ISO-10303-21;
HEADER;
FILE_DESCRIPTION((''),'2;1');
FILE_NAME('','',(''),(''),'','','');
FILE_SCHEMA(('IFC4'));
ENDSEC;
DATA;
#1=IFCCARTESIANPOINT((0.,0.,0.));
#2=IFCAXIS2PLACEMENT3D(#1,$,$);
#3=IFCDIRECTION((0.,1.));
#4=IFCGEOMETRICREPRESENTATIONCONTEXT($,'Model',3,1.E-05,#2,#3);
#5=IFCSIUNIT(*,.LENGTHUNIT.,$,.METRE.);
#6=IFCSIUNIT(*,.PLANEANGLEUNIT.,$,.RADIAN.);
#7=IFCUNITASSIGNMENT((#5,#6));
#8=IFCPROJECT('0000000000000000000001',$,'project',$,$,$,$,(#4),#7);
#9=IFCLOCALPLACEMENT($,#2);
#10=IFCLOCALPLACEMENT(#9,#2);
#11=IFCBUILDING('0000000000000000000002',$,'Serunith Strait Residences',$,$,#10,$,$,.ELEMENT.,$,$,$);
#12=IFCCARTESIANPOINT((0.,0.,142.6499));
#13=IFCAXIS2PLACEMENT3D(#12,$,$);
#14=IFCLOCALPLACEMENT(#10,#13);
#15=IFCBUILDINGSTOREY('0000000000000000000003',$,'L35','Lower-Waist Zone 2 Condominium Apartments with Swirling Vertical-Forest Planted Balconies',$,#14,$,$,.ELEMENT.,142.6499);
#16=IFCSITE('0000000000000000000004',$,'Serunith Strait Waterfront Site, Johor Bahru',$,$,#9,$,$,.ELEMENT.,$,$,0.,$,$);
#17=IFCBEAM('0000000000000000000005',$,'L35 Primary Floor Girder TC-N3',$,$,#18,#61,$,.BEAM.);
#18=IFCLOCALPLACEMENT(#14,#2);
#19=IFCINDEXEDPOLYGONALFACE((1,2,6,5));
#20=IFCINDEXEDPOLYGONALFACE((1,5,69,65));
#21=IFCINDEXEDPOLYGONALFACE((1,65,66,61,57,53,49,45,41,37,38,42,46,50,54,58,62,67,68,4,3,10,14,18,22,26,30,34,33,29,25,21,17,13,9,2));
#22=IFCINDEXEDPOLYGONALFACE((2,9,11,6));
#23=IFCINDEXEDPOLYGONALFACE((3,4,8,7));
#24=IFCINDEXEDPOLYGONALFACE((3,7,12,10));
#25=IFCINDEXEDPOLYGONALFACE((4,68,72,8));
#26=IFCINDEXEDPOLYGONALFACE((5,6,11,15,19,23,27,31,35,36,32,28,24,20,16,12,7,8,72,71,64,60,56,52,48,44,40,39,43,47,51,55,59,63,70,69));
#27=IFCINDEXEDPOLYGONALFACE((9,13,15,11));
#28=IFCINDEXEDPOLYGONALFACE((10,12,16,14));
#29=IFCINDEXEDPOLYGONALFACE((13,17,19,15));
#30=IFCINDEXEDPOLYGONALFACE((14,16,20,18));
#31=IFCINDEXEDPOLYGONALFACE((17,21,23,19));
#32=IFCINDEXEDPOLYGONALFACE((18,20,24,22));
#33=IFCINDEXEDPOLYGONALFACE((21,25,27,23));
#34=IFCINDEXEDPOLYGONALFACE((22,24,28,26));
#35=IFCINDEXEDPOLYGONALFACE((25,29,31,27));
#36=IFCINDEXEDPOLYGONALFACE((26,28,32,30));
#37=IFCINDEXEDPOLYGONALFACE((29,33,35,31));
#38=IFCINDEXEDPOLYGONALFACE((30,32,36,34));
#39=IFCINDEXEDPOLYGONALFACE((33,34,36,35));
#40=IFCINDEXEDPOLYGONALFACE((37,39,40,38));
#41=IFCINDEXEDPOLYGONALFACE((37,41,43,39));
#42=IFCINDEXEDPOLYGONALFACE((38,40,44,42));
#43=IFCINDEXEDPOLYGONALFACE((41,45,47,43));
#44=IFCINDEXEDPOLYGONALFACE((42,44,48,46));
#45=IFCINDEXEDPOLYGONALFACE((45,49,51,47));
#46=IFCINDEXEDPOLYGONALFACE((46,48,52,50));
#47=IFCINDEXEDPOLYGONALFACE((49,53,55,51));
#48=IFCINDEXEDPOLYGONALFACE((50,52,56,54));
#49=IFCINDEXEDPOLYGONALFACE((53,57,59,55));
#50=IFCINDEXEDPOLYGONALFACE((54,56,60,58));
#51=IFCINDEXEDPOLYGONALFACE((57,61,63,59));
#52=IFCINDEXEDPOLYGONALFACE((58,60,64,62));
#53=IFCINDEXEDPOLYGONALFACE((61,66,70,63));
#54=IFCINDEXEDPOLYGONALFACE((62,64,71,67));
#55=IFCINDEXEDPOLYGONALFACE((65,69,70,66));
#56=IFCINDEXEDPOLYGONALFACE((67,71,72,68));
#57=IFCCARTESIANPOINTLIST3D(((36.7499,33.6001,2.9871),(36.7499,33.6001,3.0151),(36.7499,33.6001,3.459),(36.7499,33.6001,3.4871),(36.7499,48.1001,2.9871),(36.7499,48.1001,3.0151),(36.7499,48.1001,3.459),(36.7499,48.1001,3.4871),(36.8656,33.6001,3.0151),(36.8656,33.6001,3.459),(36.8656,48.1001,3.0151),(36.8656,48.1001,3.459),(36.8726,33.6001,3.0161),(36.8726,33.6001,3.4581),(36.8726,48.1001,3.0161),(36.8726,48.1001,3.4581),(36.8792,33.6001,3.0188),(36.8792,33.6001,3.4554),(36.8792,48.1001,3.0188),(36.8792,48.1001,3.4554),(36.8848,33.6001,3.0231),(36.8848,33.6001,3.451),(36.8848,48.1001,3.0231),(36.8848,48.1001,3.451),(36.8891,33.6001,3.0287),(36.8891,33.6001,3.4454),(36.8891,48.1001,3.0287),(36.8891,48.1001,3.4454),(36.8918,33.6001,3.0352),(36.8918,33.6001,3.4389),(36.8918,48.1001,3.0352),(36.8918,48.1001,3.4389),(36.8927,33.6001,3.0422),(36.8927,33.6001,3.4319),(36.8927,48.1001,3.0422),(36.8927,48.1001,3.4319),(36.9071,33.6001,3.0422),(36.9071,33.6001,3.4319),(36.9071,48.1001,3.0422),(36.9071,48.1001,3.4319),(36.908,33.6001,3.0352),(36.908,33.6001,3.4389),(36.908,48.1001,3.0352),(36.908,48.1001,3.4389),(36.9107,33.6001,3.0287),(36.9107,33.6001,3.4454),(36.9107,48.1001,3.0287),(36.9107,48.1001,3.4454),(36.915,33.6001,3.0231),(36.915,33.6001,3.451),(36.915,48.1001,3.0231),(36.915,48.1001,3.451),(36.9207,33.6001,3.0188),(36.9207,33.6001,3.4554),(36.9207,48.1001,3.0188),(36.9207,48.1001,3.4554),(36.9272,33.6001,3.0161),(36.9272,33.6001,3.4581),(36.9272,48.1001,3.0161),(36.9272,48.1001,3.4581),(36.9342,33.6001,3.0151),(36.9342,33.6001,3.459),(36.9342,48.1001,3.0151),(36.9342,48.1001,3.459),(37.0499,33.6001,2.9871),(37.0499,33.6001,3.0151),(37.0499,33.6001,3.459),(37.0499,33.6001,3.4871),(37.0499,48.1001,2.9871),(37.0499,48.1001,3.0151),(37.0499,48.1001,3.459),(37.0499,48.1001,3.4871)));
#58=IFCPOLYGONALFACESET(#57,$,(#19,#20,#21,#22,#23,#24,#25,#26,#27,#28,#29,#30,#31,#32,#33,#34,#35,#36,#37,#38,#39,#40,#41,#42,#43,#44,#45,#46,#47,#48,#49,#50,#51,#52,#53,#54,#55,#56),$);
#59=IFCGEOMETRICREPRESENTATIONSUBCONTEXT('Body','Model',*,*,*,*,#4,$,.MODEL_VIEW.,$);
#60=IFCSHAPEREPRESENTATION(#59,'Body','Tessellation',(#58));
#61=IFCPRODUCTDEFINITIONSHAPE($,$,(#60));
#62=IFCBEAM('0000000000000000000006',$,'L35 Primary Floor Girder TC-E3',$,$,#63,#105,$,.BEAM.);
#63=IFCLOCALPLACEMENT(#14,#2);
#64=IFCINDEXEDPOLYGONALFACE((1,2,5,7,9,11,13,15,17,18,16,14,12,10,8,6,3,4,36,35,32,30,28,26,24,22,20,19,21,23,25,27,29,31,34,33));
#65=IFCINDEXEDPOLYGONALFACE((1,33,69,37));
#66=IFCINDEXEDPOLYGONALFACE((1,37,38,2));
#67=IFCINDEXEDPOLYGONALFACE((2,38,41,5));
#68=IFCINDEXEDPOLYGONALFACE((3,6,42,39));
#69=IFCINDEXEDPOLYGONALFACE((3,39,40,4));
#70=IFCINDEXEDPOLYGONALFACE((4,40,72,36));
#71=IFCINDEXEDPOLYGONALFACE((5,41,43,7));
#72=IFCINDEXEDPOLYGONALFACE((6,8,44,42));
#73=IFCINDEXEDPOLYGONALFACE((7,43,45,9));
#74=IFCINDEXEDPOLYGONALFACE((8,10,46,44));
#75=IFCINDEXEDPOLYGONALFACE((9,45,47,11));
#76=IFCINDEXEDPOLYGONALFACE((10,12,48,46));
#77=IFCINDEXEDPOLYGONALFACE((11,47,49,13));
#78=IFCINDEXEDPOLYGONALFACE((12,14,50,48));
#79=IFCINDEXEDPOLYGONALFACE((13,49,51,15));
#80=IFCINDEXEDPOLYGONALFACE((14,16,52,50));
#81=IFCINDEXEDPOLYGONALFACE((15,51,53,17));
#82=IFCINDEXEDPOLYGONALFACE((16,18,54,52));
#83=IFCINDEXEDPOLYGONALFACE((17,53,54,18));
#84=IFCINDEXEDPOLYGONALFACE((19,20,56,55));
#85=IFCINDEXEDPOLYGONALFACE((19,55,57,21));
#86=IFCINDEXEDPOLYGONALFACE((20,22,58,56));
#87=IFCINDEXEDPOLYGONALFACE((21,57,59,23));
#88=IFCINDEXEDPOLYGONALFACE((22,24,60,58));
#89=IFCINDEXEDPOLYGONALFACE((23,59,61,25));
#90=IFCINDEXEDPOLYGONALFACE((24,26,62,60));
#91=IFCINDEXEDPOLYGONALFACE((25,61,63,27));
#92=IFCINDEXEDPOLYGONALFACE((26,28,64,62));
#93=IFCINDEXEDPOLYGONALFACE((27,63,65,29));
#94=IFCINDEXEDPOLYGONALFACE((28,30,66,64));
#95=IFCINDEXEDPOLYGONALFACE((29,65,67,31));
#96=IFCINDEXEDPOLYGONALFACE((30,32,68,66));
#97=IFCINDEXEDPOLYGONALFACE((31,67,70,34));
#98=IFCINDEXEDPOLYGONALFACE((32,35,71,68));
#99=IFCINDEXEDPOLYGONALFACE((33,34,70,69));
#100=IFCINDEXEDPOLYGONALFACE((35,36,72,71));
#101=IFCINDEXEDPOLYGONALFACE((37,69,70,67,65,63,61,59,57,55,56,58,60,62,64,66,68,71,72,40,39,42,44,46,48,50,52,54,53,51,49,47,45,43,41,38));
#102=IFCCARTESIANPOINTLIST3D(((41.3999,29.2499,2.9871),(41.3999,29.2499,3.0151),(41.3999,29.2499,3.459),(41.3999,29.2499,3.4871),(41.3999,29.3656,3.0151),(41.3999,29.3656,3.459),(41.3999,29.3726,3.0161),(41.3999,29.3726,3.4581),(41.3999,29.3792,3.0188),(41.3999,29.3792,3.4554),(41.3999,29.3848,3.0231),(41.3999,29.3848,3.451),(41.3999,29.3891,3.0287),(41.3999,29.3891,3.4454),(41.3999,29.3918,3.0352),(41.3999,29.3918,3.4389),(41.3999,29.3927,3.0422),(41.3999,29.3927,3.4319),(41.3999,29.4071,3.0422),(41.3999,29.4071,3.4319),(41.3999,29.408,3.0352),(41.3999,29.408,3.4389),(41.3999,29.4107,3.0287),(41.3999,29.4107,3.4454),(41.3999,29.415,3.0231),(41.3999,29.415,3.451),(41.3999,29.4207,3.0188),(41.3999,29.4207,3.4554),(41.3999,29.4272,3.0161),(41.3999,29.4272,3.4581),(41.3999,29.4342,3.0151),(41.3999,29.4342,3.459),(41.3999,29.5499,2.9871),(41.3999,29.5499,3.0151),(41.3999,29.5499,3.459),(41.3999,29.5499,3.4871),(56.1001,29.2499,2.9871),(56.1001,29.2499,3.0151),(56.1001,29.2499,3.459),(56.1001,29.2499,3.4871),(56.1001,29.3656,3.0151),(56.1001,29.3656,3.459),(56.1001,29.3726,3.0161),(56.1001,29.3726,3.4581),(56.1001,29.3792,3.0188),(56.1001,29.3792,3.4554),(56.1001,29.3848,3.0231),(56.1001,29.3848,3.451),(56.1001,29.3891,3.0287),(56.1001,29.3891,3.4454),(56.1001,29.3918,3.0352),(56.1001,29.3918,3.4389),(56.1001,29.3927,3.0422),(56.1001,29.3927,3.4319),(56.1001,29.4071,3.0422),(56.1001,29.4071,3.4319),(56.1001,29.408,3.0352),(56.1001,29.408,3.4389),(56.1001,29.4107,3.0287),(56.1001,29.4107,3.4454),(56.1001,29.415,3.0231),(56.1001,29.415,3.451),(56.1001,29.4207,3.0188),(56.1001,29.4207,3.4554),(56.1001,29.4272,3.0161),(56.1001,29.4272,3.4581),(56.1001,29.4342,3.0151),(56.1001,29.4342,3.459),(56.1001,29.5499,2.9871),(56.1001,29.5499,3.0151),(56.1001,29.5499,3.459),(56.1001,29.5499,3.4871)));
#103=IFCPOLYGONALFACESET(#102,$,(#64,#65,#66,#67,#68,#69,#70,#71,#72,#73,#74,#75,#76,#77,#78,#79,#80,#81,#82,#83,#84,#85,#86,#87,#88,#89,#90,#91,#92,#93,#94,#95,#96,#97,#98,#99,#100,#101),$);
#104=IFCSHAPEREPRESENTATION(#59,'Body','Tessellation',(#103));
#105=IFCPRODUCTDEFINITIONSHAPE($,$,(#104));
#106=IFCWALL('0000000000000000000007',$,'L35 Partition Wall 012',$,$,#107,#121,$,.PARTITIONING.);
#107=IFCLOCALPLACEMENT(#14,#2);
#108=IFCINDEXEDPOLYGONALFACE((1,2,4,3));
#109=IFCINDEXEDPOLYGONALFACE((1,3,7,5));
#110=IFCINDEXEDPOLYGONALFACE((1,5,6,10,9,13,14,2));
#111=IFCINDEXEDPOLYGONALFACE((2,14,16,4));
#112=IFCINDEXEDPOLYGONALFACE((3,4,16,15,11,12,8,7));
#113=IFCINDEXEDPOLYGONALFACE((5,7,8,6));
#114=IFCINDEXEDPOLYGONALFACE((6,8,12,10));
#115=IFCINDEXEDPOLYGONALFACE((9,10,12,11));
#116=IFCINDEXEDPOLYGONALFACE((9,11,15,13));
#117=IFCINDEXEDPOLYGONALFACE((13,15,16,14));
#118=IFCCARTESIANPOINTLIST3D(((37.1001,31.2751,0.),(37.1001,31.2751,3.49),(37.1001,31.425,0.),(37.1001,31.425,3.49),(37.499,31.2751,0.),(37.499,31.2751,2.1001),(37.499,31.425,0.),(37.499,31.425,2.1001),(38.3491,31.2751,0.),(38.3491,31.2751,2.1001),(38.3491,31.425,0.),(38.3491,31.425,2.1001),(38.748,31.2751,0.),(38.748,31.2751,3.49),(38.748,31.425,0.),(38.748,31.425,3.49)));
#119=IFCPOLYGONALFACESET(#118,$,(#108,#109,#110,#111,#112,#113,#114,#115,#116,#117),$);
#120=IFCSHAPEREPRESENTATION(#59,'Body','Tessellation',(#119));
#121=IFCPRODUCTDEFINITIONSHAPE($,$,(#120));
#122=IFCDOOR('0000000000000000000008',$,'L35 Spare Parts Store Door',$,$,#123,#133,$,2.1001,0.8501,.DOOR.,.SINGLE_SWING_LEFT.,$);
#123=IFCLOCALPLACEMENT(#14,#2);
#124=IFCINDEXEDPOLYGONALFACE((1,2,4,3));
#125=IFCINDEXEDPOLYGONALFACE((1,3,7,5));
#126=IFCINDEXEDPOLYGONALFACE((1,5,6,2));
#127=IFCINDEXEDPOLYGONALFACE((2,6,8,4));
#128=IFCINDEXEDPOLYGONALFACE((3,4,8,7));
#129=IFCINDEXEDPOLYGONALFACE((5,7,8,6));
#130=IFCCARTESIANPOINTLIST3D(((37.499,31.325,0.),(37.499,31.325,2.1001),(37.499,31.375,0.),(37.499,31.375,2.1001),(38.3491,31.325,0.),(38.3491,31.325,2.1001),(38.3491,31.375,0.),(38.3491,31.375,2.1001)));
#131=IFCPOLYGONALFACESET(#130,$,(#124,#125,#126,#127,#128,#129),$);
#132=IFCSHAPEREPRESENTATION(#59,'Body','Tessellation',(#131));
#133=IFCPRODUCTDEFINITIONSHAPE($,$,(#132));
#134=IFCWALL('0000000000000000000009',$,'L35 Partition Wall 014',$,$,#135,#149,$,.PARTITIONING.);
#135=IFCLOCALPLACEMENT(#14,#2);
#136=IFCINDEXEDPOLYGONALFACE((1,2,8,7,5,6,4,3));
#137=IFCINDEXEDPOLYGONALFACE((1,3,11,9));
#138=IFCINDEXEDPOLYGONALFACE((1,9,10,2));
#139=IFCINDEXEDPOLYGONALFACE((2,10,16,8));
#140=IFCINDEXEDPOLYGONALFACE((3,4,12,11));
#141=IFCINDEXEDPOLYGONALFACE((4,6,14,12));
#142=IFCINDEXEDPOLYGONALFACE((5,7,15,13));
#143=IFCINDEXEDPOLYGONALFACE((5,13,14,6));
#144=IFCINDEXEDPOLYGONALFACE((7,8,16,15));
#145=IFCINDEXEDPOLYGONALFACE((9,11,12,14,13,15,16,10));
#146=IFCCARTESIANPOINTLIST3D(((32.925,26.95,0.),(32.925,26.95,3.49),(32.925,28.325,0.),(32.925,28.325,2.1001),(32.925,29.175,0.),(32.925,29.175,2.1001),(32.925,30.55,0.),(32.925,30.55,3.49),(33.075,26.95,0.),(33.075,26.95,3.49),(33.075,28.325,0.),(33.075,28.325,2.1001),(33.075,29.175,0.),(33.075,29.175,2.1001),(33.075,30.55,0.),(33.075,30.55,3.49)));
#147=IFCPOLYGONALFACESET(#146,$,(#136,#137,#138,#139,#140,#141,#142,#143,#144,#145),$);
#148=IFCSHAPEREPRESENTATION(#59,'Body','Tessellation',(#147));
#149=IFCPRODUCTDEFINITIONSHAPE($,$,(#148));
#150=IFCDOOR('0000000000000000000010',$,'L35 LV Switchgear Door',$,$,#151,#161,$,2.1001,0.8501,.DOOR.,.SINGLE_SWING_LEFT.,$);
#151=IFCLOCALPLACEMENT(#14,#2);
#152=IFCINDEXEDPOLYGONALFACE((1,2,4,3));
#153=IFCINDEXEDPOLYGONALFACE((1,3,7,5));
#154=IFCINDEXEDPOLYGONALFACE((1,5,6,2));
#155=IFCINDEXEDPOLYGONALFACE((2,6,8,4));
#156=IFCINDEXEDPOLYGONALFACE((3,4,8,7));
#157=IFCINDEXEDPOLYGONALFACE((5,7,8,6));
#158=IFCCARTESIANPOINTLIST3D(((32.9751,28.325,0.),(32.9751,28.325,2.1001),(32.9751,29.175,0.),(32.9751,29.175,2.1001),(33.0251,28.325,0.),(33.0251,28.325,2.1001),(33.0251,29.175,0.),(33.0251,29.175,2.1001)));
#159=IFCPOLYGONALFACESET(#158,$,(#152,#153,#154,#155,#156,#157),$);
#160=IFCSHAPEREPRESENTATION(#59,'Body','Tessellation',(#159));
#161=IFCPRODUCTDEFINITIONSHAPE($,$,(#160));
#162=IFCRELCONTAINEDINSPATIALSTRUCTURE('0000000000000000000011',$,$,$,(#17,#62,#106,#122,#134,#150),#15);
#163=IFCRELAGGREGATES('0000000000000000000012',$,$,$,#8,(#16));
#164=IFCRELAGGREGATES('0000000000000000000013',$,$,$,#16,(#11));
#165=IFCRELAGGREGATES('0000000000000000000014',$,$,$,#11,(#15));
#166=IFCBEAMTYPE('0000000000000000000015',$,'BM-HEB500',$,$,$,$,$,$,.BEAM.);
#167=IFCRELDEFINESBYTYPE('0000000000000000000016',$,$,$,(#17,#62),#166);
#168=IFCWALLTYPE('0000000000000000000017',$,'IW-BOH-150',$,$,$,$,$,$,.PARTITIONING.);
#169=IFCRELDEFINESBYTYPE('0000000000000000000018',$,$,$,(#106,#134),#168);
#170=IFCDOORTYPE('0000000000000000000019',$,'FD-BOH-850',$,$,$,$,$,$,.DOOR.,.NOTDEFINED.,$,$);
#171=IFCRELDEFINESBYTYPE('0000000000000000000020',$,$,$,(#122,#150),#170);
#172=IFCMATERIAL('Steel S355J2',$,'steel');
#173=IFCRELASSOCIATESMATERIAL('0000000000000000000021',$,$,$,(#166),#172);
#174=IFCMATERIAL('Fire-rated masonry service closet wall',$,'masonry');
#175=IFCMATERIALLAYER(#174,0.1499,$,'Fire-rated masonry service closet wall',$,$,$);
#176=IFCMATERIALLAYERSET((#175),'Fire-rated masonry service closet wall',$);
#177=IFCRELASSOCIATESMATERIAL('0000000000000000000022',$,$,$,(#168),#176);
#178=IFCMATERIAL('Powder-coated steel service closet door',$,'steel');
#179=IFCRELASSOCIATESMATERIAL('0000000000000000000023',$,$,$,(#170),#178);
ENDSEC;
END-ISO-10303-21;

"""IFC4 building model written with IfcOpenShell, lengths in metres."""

from ifc_helpers import new_model, si_unit, direction, frame, frame_2d, origin, origin_2d, place, context, subcontext, project, spatial, rectangle, i_section, extrude, source, transform, mapped, material, layer, layer_set, material_profile, profile_set, type_object, element, fill, save


model = new_model("IFC4")

# Units and contexts
model_context = context("Model", 3, precision=1e-05, world=origin(), true_north=direction((0.0, 1.0)))
body_context = subcontext(model_context, "Body", "Model", "MODEL_VIEW")
ifc_project = project(units=[si_unit("LENGTHUNIT", "METRE"), si_unit("PLANEANGLEUNIT", "RADIAN")], contexts=[model_context])

# Site, building, storey
site_placement = place(None, origin())
site = spatial("IfcSite", under=ifc_project, at=site_placement, Name="Serunith Strait Waterfront Site, Johor Bahru", CompositionType="ELEMENT", RefElevation=0.0)
building_placement = place(site_placement, origin())
building = spatial("IfcBuilding", under=site, at=building_placement, Name="Serunith Strait Residences", CompositionType="ELEMENT")
storey_placement = place(building_placement, frame((0.0, 0.0, 142.6499)))
storey = spatial("IfcBuildingStorey", under=building, at=storey_placement, Name="L35", Description="Lower-Waist Zone 2 Condominium Apartments with Swirling Vertical-Forest Planted Balconies", CompositionType="ELEMENT", Elevation=142.6499)

# Beams
ifc_material_1 = material(Name="Steel S355J2", Category="steel")
ifc_material_profile = material_profile(ifc_material_1, i_section(OverallWidth=0.3, OverallDepth=0.5, WebThickness=0.0144, FlangeThickness=0.0281, FilletRadius=0.0271, at=origin_2d()), Name="HEB 500")
ifc_profile_set = profile_set([ifc_material_profile], Name="Steel S355J2")
beam_type = type_object("IfcBeamType", Name="BM-HEB500", PredefinedType="BEAM", material=ifc_profile_set)
shared_shape_1 = source(origin(), body_context, "Body", "SweptSolid", [
    extrude(i_section(OverallWidth=0.3, OverallDepth=0.5, WebThickness=0.0144, FlangeThickness=0.0281, FilletRadius=0.0271, at=origin_2d()), origin(), (0.0, 0.0, 1.0), 14.5),
])
beam_1_placement = place(storey_placement, frame((36.8999, 33.6001, 3.2371), z_axis=(0.0, 1.0, 0.0), x_axis=(-1.0, 0.0, 0.0)))
element("IfcBeam", 1, at=beam_1_placement, inside=storey, type_object=beam_type, Name="L35 Primary Floor Girder TC-N3", PredefinedType="BEAM", context=body_context, shape_type="MappedRepresentation", body=[
    mapped(shared_shape_1, transform((0.0, 0.0, 0.0), scale=1.0)),
])
shared_shape_2 = source(origin(), body_context, "Body", "SweptSolid", [
    extrude(i_section(OverallWidth=0.3, OverallDepth=0.5, WebThickness=0.0144, FlangeThickness=0.0281, FilletRadius=0.0271, at=origin_2d()), origin(), (0.0, 0.0, 1.0), 14.7002),
])
beam_2_placement = place(storey_placement, frame((41.3999, 29.3999, 3.2371), z_axis=(1.0, 0.0, 0.0), x_axis=(0.0, 1.0, 0.0)))
element("IfcBeam", 2, at=beam_2_placement, inside=storey, type_object=beam_type, Name="L35 Primary Floor Girder TC-E3", PredefinedType="BEAM", context=body_context, shape_type="MappedRepresentation", body=[
    mapped(shared_shape_2, transform((0.0, 0.0, 0.0), scale=1.0)),
])

# Walls, openings, doors
ifc_material_2 = material(Name="Fire-rated masonry service closet wall", Category="masonry")
ifc_layer_1 = layer(ifc_material_2, 0.1499, Name="Fire-rated masonry service closet wall")
ifc_layer_set_1 = layer_set([ifc_layer_1], Name="Fire-rated masonry service closet wall")
wall_type_1 = type_object("IfcWallType", Name="IW-BOH-150", PredefinedType="PARTITIONING", material=ifc_layer_set_1)
wall_1_placement = place(storey_placement, frame((37.1001, 31.3501, 0.0), z_axis=(0.0, 0.0, 1.0), x_axis=(1.0, 0.0, 0.0)))
wall_1 = element("IfcWall", 3, at=wall_1_placement, inside=storey, type_object=wall_type_1, Name="L35 Partition Wall 012", PredefinedType="PARTITIONING", context=body_context, shape_type="SweptSolid", body=[
    extrude(rectangle(XDim=1.6479, YDim=0.1499, at=frame_2d((0.824, 0.0))), origin(), (0.0, 0.0, 1.0), 3.49),
])
opening_1_placement = place(wall_1_placement, frame((0.3989, 0.0, 0.0)))
opening_1 = element("IfcOpeningElement", 4, at=opening_1_placement, cuts=wall_1, PredefinedType="OPENING", context=body_context, shape_type="SweptSolid", body=[
    extrude(rectangle(XDim=0.8501, YDim=2.1001, at=frame_2d((0.425, 1.05))), frame((0.0, 0.085, 0.0), z_axis=(0.0, -1.0, 0.0), x_axis=(1.0, 0.0, 0.0)), (0.0, 0.0, 1.0), 0.1699),
])
ifc_material_3 = material(Name="Powder-coated steel service closet door", Category="steel")
door_type_1 = type_object("IfcDoorType", Name="FD-BOH-850", OperationType="NOTDEFINED", PredefinedType="DOOR", material=ifc_material_3)
shared_shape_3 = source(origin(), body_context, "Body", "SweptSolid", [
    extrude(rectangle(XDim=0.8501, YDim=2.1001, at=frame_2d((0.425, 1.05))), frame((0.0, 0.0249, 0.0), z_axis=(0.0, -1.0, 0.0), x_axis=(1.0, 0.0, 0.0)), (0.0, 0.0, 1.0), 0.05),
])
door_1_placement = place(opening_1_placement, origin())
door_1 = element("IfcDoor", 5, at=door_1_placement, inside=storey, type_object=door_type_1, Name="L35 Spare Parts Store Door", OperationType="SINGLE_SWING_LEFT", OverallHeight=2.1001, OverallWidth=0.8501, PredefinedType="DOOR", context=body_context, shape_type="MappedRepresentation", body=[
    mapped(shared_shape_3, transform((0.0, 0.0, 0.0), scale=1.0)),
])
fill(opening_1, door_1)
wall_2_placement = place(storey_placement, frame((33.0, 26.95, 0.0), z_axis=(0.0, 0.0, 1.0), x_axis=(0.0, 1.0, 0.0)))
wall_2 = element("IfcWall", 6, at=wall_2_placement, inside=storey, type_object=wall_type_1, Name="L35 Partition Wall 014", PredefinedType="PARTITIONING", context=body_context, shape_type="SweptSolid", body=[
    extrude(rectangle(XDim=3.6001, YDim=0.1499, at=frame_2d((1.8, 0.0))), origin(), (0.0, 0.0, 1.0), 3.49),
])
opening_2_placement = place(wall_2_placement, frame((1.375, 0.0, 0.0)))
opening_2 = element("IfcOpeningElement", 7, at=opening_2_placement, cuts=wall_2, PredefinedType="OPENING", context=body_context, shape_type="SweptSolid", body=[
    extrude(rectangle(XDim=0.8501, YDim=2.1001, at=frame_2d((0.425, 1.05))), frame((0.0, 0.085, 0.0), z_axis=(0.0, -1.0, 0.0), x_axis=(1.0, 0.0, 0.0)), (0.0, 0.0, 1.0), 0.1699),
])
door_2_placement = place(opening_2_placement, origin())
door_2 = element("IfcDoor", 8, at=door_2_placement, inside=storey, type_object=door_type_1, Name="L35 LV Switchgear Door", OperationType="SINGLE_SWING_LEFT", OverallHeight=2.1001, OverallWidth=0.8501, PredefinedType="DOOR", context=body_context, shape_type="MappedRepresentation", body=[
    mapped(shared_shape_3, transform((0.0, 0.0, 0.0), scale=1.0)),
])
fill(opening_2, door_2)

save(model, "model.ifc")
